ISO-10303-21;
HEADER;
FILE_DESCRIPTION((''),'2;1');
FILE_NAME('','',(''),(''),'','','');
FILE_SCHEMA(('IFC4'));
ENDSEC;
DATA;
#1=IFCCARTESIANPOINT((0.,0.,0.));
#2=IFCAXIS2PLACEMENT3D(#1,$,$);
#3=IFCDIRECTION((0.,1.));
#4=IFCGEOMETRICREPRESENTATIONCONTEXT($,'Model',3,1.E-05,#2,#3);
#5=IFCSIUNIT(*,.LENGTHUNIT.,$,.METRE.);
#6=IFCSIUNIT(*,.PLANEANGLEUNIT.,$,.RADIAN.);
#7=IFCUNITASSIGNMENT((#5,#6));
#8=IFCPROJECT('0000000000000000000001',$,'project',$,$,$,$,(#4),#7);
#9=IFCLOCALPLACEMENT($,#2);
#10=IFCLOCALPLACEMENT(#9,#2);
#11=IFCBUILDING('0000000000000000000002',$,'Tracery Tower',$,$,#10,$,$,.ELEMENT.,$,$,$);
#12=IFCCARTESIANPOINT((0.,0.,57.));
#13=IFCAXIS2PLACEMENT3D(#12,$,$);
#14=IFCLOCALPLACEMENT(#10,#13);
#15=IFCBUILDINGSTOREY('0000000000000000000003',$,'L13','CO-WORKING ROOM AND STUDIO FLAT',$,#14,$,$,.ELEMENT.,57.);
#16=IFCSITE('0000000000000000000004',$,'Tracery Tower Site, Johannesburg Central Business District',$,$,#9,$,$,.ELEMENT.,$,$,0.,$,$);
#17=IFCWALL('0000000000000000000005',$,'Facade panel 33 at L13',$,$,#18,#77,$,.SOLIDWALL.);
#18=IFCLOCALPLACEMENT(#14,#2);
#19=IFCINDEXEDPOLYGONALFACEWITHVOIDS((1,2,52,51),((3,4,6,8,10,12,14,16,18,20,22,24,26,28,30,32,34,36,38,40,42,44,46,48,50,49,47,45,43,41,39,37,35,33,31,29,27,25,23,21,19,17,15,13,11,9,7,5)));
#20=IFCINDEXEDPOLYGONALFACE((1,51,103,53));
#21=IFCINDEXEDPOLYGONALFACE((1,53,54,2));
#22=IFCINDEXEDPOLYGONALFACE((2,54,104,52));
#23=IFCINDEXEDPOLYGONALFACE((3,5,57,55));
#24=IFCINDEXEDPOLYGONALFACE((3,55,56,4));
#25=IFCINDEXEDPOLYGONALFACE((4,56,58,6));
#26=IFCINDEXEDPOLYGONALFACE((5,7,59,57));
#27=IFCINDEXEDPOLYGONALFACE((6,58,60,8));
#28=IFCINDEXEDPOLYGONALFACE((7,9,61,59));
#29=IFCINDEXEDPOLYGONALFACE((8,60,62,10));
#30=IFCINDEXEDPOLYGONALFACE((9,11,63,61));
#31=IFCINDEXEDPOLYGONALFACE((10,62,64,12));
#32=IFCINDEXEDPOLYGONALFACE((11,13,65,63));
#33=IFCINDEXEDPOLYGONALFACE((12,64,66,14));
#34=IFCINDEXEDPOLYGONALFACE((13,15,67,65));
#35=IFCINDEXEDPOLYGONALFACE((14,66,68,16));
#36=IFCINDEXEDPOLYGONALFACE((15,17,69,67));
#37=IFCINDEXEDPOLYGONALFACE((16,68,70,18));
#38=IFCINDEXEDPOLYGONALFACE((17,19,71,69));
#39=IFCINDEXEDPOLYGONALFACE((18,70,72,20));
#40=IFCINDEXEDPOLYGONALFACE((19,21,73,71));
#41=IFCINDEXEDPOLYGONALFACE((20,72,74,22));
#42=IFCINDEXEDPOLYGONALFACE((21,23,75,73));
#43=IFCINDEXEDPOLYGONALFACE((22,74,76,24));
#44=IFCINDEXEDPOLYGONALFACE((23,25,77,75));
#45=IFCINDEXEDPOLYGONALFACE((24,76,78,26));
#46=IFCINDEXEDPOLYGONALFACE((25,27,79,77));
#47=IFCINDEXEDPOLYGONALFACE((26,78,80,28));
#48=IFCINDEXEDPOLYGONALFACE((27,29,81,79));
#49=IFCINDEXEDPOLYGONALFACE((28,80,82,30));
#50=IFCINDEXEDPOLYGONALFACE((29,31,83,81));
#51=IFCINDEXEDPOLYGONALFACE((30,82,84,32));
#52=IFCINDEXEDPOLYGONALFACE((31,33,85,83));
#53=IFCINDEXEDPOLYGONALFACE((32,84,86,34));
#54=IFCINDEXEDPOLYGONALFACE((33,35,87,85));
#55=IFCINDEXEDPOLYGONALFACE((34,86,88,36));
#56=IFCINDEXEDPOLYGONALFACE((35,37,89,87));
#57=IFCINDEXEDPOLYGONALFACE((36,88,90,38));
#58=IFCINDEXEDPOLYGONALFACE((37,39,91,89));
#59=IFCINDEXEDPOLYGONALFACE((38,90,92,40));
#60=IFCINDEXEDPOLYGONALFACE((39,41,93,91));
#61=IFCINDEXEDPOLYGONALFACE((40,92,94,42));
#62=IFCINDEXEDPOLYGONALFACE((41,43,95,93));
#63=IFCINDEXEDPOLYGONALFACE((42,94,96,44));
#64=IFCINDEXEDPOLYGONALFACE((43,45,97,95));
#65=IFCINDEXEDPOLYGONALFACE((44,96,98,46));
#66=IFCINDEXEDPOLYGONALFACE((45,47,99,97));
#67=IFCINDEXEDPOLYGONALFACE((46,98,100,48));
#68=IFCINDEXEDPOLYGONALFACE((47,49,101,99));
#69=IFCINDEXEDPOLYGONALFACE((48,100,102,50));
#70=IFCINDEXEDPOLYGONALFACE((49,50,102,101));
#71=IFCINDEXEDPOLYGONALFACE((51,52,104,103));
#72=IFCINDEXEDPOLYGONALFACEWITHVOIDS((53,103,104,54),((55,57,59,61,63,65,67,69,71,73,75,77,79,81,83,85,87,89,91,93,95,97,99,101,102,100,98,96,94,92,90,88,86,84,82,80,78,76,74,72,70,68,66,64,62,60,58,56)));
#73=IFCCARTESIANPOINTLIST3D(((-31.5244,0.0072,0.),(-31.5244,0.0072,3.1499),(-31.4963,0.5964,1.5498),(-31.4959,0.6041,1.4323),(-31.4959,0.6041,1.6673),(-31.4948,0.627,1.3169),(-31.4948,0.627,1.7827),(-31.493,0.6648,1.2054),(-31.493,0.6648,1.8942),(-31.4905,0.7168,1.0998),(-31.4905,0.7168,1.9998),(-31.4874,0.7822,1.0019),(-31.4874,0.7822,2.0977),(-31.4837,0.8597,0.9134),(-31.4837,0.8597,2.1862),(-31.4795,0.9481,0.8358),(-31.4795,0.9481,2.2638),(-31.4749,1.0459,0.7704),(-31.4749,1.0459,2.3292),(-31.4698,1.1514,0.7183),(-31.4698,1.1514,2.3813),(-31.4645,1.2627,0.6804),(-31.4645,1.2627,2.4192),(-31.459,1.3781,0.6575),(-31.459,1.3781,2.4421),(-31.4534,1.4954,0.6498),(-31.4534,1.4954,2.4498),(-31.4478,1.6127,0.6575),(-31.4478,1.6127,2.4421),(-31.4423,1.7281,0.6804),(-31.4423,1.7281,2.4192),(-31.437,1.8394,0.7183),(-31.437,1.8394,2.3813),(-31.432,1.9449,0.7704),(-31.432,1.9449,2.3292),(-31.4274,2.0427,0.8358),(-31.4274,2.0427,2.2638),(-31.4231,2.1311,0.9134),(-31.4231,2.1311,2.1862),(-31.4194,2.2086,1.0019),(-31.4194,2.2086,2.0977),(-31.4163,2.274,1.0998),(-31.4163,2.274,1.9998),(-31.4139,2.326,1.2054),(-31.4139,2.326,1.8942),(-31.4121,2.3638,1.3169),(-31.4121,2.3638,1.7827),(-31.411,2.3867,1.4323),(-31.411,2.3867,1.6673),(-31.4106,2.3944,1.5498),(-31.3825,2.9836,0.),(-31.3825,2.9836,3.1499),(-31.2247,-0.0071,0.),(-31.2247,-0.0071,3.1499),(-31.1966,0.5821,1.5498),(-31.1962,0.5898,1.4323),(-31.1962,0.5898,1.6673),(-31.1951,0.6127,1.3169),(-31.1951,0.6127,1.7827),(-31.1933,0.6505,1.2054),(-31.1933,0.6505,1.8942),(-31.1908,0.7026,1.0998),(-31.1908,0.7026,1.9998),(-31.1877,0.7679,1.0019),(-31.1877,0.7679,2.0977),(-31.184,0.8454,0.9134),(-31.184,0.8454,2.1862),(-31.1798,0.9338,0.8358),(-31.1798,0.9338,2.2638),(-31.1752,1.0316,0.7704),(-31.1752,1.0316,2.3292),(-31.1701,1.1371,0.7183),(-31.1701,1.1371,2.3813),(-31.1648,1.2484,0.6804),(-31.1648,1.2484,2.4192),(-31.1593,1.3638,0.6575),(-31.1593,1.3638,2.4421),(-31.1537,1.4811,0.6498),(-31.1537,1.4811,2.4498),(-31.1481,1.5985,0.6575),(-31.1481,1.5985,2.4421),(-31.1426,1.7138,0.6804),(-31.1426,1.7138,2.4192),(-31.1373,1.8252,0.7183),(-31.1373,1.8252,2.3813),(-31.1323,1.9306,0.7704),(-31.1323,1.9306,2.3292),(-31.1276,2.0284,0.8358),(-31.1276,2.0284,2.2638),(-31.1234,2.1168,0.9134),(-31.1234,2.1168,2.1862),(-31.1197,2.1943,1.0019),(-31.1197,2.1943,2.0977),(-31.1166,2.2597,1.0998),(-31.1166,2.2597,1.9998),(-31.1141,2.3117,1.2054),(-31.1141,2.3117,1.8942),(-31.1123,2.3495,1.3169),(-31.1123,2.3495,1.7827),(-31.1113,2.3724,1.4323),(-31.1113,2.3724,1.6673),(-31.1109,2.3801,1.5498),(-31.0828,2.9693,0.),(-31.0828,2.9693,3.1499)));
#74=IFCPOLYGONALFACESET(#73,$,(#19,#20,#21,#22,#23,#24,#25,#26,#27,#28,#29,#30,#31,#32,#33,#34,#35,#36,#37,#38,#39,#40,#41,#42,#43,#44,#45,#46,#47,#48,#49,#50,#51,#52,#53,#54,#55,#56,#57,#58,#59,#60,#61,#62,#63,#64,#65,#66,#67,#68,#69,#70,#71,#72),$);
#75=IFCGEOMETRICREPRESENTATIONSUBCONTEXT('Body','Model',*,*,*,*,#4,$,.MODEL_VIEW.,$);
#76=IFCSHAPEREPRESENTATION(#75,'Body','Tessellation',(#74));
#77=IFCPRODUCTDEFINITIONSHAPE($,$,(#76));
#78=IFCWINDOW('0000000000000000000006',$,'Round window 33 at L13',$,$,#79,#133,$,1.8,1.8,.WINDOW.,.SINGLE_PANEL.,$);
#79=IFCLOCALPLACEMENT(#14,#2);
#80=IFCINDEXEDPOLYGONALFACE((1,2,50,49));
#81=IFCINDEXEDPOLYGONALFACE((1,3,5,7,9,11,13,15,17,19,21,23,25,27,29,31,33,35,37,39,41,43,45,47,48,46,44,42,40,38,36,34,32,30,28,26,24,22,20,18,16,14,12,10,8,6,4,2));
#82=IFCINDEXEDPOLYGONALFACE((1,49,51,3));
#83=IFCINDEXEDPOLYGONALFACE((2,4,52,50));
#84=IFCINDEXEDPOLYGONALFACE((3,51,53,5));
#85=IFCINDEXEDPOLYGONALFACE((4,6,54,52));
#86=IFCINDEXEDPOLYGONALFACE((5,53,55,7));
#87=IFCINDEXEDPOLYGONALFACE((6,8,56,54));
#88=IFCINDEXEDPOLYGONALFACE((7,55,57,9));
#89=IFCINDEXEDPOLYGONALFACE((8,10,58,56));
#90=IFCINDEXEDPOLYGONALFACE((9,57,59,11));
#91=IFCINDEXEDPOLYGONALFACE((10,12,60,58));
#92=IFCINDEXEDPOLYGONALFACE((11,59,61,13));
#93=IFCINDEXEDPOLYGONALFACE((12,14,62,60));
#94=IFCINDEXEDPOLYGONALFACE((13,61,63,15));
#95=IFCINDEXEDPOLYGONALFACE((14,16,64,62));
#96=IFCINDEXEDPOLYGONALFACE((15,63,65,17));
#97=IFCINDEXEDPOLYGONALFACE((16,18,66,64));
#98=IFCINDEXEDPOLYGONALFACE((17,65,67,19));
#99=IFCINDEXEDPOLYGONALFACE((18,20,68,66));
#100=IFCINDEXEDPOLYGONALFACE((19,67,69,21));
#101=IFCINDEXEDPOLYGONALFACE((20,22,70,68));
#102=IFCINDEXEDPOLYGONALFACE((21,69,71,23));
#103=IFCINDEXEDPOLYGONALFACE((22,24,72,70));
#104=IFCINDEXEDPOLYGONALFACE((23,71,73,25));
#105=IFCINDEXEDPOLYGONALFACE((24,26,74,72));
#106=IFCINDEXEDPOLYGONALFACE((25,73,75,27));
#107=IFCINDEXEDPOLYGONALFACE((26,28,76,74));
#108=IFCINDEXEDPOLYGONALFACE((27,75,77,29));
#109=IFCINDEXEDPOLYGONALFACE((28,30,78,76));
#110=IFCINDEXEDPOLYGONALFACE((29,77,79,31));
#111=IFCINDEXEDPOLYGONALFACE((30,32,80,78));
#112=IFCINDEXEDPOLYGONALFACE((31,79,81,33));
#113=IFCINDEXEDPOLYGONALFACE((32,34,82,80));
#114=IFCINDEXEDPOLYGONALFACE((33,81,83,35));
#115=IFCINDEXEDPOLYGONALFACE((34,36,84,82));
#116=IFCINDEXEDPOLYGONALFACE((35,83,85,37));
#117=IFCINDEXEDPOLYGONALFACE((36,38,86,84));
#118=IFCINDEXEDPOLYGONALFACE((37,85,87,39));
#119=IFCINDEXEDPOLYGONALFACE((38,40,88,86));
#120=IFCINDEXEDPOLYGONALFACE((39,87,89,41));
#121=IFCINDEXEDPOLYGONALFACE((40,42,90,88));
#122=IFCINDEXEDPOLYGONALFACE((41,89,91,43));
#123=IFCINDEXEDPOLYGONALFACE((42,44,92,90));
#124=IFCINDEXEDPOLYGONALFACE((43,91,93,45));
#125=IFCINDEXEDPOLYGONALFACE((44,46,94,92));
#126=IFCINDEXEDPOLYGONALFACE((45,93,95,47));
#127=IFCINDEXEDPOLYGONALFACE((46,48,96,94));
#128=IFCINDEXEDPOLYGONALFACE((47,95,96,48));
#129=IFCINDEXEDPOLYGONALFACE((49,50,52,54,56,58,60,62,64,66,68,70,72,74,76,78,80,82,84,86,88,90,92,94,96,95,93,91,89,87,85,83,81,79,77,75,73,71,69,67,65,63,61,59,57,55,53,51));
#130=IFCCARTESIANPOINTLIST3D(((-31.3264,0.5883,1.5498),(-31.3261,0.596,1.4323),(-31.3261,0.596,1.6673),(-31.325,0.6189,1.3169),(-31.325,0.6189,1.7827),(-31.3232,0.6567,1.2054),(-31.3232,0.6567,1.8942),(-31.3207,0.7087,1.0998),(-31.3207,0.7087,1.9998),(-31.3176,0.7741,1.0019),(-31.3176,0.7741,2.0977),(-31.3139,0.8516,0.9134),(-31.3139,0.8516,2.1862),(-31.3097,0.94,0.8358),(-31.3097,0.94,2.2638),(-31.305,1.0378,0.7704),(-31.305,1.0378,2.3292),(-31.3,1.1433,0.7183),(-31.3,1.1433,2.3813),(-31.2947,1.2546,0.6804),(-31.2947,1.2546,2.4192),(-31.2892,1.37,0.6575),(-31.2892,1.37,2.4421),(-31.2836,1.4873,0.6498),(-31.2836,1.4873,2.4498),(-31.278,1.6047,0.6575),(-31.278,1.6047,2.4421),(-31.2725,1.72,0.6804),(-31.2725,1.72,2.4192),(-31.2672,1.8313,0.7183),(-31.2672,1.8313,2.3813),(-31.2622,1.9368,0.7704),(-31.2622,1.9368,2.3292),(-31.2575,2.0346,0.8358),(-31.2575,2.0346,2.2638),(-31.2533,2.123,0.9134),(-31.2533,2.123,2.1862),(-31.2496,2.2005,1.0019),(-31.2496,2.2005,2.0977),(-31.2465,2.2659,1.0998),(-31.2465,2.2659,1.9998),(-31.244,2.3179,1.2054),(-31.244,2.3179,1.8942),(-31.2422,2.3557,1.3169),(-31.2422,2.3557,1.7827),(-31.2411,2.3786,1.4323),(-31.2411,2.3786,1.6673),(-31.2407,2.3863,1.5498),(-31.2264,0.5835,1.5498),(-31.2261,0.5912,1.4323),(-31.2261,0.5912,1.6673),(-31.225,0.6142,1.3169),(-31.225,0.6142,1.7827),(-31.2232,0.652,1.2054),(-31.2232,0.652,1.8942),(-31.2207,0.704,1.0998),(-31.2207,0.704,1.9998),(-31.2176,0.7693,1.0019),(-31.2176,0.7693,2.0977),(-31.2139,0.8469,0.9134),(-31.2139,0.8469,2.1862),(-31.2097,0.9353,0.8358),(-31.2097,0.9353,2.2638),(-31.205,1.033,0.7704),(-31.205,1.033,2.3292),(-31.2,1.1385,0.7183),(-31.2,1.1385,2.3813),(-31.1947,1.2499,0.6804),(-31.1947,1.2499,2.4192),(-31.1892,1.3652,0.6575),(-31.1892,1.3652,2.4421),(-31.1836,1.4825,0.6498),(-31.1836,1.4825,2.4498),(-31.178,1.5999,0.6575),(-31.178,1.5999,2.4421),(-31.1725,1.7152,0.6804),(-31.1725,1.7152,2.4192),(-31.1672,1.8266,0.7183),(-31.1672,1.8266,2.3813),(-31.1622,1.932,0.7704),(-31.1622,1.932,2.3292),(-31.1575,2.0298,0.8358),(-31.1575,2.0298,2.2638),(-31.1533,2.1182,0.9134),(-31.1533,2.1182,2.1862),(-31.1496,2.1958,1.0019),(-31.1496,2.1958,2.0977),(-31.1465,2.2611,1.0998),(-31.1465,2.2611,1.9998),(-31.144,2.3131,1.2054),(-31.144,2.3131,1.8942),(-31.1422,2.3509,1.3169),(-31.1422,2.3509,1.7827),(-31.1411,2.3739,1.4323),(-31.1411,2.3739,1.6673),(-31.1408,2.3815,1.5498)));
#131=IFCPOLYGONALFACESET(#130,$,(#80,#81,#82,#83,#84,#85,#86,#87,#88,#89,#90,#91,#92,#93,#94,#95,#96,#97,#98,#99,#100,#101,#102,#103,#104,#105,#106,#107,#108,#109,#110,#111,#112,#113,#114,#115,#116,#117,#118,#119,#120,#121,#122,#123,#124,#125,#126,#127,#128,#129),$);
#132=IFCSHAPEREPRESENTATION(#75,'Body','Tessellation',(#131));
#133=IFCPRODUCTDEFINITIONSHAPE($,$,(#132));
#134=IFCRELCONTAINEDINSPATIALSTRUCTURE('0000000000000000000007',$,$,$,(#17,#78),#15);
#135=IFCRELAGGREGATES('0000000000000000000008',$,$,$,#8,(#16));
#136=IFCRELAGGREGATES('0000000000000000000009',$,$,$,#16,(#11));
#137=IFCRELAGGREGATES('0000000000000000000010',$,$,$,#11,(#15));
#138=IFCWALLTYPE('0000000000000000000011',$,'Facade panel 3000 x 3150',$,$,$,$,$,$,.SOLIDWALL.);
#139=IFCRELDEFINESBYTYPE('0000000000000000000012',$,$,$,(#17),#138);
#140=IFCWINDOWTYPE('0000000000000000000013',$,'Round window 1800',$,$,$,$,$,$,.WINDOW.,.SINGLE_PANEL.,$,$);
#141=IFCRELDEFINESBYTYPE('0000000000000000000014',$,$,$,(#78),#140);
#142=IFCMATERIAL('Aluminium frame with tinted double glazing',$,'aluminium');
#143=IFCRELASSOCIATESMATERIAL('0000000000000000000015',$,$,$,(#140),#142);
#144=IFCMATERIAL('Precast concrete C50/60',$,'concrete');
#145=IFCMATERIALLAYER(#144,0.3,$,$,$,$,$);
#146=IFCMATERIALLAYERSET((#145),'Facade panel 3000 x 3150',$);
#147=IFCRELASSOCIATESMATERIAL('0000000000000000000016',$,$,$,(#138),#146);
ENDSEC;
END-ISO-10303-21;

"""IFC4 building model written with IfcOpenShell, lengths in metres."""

from ifc_helpers import new_model, si_unit, direction, frame, frame_2d, origin, origin_2d, place, context, subcontext, project, spatial, rectangle, circle, extrude, material, layer, layer_set, type_object, element, fill, save


model = new_model("IFC4")

# Units and contexts
model_context = context("Model", 3, precision=1e-05, world=origin(), true_north=direction((0.0, 1.0)))
body_context = subcontext(model_context, "Body", "Model", "MODEL_VIEW")
ifc_project = project(units=[si_unit("LENGTHUNIT", "METRE"), si_unit("PLANEANGLEUNIT", "RADIAN")], contexts=[model_context])

# Site, building, storey
site_placement = place(None, origin())
site = spatial("IfcSite", under=ifc_project, at=site_placement, Name="Tracery Tower Site, Johannesburg Central Business District", CompositionType="ELEMENT", RefElevation=0.0)
building_placement = place(site_placement, origin())
building = spatial("IfcBuilding", under=site, at=building_placement, Name="Tracery Tower", CompositionType="ELEMENT")
storey_placement = place(building_placement, frame((0.0, 0.0, 57.0)))
storey = spatial("IfcBuildingStorey", under=building, at=storey_placement, Name="L13", Description="CO-WORKING ROOM AND STUDIO FLAT", CompositionType="ELEMENT", Elevation=57.0)

# Wall, opening, window
ifc_material_1 = material(Name="Aluminium frame with tinted double glazing", Category="aluminium")
window_type = type_object("IfcWindowType", Name="Round window 1800", PartitioningType="SINGLE_PANEL", PredefinedType="WINDOW", material=ifc_material_1)
ifc_material_2 = material(Name="Precast concrete C50/60", Category="concrete")
ifc_layer_1 = layer(ifc_material_2, 0.3)
ifc_layer_set_1 = layer_set([ifc_layer_1], Name="Facade panel 3000 x 3150")
wall_type_1 = type_object("IfcWallType", Name="Facade panel 3000 x 3150", PredefinedType="SOLIDWALL", material=ifc_layer_set_1)
wall_1_placement = place(storey_placement, frame((-31.2327, 2.9763, 0.0), z_axis=(0.0, 0.0, 1.0), x_axis=(-0.047604, -0.998866, 0.0)))
wall_1 = element("IfcWall", 1, at=wall_1_placement, inside=storey, type_object=wall_type_1, Name="Facade panel 33 at L13", PredefinedType="SOLIDWALL", context=body_context, shape_type="SweptSolid", body=[
    extrude(rectangle(XDim=2.9797, YDim=0.3, at=frame_2d((1.4897, 0.0))), origin(), (0.0, 0.0, 1.0), 3.1499),
])
opening_1_placement = place(wall_1_placement, frame((1.4897, 0.0, 1.5498)))
opening_1 = element("IfcOpeningElement", 2, at=opening_1_placement, cuts=wall_1, PredefinedType="OPENING", context=body_context, shape_type="SweptSolid", body=[
    extrude(circle(Radius=0.9, at=origin_2d()), frame((0.0, 0.1599, 0.0), z_axis=(0.0, -1.0, 0.0), x_axis=(1.0, 0.0, 0.0)), (0.0, 0.0, 1.0), 0.3201),
])
window_1_placement = place(opening_1_placement, origin())
window_1 = element("IfcWindow", 3, at=window_1_placement, inside=storey, type_object=window_type, Name="Round window 33 at L13", OverallHeight=1.8, OverallWidth=1.8, PartitioningType="SINGLE_PANEL", PredefinedType="WINDOW", context=body_context, shape_type="SweptSolid", body=[
    extrude(circle(Radius=0.9, at=origin_2d()), frame((0.0, 0.1201, 0.0), z_axis=(0.0, -1.0, 0.0), x_axis=(1.0, 0.0, 0.0)), (0.0, 0.0, 1.0), 0.1001),
])
fill(opening_1, window_1)

save(model, "model.ifc")
